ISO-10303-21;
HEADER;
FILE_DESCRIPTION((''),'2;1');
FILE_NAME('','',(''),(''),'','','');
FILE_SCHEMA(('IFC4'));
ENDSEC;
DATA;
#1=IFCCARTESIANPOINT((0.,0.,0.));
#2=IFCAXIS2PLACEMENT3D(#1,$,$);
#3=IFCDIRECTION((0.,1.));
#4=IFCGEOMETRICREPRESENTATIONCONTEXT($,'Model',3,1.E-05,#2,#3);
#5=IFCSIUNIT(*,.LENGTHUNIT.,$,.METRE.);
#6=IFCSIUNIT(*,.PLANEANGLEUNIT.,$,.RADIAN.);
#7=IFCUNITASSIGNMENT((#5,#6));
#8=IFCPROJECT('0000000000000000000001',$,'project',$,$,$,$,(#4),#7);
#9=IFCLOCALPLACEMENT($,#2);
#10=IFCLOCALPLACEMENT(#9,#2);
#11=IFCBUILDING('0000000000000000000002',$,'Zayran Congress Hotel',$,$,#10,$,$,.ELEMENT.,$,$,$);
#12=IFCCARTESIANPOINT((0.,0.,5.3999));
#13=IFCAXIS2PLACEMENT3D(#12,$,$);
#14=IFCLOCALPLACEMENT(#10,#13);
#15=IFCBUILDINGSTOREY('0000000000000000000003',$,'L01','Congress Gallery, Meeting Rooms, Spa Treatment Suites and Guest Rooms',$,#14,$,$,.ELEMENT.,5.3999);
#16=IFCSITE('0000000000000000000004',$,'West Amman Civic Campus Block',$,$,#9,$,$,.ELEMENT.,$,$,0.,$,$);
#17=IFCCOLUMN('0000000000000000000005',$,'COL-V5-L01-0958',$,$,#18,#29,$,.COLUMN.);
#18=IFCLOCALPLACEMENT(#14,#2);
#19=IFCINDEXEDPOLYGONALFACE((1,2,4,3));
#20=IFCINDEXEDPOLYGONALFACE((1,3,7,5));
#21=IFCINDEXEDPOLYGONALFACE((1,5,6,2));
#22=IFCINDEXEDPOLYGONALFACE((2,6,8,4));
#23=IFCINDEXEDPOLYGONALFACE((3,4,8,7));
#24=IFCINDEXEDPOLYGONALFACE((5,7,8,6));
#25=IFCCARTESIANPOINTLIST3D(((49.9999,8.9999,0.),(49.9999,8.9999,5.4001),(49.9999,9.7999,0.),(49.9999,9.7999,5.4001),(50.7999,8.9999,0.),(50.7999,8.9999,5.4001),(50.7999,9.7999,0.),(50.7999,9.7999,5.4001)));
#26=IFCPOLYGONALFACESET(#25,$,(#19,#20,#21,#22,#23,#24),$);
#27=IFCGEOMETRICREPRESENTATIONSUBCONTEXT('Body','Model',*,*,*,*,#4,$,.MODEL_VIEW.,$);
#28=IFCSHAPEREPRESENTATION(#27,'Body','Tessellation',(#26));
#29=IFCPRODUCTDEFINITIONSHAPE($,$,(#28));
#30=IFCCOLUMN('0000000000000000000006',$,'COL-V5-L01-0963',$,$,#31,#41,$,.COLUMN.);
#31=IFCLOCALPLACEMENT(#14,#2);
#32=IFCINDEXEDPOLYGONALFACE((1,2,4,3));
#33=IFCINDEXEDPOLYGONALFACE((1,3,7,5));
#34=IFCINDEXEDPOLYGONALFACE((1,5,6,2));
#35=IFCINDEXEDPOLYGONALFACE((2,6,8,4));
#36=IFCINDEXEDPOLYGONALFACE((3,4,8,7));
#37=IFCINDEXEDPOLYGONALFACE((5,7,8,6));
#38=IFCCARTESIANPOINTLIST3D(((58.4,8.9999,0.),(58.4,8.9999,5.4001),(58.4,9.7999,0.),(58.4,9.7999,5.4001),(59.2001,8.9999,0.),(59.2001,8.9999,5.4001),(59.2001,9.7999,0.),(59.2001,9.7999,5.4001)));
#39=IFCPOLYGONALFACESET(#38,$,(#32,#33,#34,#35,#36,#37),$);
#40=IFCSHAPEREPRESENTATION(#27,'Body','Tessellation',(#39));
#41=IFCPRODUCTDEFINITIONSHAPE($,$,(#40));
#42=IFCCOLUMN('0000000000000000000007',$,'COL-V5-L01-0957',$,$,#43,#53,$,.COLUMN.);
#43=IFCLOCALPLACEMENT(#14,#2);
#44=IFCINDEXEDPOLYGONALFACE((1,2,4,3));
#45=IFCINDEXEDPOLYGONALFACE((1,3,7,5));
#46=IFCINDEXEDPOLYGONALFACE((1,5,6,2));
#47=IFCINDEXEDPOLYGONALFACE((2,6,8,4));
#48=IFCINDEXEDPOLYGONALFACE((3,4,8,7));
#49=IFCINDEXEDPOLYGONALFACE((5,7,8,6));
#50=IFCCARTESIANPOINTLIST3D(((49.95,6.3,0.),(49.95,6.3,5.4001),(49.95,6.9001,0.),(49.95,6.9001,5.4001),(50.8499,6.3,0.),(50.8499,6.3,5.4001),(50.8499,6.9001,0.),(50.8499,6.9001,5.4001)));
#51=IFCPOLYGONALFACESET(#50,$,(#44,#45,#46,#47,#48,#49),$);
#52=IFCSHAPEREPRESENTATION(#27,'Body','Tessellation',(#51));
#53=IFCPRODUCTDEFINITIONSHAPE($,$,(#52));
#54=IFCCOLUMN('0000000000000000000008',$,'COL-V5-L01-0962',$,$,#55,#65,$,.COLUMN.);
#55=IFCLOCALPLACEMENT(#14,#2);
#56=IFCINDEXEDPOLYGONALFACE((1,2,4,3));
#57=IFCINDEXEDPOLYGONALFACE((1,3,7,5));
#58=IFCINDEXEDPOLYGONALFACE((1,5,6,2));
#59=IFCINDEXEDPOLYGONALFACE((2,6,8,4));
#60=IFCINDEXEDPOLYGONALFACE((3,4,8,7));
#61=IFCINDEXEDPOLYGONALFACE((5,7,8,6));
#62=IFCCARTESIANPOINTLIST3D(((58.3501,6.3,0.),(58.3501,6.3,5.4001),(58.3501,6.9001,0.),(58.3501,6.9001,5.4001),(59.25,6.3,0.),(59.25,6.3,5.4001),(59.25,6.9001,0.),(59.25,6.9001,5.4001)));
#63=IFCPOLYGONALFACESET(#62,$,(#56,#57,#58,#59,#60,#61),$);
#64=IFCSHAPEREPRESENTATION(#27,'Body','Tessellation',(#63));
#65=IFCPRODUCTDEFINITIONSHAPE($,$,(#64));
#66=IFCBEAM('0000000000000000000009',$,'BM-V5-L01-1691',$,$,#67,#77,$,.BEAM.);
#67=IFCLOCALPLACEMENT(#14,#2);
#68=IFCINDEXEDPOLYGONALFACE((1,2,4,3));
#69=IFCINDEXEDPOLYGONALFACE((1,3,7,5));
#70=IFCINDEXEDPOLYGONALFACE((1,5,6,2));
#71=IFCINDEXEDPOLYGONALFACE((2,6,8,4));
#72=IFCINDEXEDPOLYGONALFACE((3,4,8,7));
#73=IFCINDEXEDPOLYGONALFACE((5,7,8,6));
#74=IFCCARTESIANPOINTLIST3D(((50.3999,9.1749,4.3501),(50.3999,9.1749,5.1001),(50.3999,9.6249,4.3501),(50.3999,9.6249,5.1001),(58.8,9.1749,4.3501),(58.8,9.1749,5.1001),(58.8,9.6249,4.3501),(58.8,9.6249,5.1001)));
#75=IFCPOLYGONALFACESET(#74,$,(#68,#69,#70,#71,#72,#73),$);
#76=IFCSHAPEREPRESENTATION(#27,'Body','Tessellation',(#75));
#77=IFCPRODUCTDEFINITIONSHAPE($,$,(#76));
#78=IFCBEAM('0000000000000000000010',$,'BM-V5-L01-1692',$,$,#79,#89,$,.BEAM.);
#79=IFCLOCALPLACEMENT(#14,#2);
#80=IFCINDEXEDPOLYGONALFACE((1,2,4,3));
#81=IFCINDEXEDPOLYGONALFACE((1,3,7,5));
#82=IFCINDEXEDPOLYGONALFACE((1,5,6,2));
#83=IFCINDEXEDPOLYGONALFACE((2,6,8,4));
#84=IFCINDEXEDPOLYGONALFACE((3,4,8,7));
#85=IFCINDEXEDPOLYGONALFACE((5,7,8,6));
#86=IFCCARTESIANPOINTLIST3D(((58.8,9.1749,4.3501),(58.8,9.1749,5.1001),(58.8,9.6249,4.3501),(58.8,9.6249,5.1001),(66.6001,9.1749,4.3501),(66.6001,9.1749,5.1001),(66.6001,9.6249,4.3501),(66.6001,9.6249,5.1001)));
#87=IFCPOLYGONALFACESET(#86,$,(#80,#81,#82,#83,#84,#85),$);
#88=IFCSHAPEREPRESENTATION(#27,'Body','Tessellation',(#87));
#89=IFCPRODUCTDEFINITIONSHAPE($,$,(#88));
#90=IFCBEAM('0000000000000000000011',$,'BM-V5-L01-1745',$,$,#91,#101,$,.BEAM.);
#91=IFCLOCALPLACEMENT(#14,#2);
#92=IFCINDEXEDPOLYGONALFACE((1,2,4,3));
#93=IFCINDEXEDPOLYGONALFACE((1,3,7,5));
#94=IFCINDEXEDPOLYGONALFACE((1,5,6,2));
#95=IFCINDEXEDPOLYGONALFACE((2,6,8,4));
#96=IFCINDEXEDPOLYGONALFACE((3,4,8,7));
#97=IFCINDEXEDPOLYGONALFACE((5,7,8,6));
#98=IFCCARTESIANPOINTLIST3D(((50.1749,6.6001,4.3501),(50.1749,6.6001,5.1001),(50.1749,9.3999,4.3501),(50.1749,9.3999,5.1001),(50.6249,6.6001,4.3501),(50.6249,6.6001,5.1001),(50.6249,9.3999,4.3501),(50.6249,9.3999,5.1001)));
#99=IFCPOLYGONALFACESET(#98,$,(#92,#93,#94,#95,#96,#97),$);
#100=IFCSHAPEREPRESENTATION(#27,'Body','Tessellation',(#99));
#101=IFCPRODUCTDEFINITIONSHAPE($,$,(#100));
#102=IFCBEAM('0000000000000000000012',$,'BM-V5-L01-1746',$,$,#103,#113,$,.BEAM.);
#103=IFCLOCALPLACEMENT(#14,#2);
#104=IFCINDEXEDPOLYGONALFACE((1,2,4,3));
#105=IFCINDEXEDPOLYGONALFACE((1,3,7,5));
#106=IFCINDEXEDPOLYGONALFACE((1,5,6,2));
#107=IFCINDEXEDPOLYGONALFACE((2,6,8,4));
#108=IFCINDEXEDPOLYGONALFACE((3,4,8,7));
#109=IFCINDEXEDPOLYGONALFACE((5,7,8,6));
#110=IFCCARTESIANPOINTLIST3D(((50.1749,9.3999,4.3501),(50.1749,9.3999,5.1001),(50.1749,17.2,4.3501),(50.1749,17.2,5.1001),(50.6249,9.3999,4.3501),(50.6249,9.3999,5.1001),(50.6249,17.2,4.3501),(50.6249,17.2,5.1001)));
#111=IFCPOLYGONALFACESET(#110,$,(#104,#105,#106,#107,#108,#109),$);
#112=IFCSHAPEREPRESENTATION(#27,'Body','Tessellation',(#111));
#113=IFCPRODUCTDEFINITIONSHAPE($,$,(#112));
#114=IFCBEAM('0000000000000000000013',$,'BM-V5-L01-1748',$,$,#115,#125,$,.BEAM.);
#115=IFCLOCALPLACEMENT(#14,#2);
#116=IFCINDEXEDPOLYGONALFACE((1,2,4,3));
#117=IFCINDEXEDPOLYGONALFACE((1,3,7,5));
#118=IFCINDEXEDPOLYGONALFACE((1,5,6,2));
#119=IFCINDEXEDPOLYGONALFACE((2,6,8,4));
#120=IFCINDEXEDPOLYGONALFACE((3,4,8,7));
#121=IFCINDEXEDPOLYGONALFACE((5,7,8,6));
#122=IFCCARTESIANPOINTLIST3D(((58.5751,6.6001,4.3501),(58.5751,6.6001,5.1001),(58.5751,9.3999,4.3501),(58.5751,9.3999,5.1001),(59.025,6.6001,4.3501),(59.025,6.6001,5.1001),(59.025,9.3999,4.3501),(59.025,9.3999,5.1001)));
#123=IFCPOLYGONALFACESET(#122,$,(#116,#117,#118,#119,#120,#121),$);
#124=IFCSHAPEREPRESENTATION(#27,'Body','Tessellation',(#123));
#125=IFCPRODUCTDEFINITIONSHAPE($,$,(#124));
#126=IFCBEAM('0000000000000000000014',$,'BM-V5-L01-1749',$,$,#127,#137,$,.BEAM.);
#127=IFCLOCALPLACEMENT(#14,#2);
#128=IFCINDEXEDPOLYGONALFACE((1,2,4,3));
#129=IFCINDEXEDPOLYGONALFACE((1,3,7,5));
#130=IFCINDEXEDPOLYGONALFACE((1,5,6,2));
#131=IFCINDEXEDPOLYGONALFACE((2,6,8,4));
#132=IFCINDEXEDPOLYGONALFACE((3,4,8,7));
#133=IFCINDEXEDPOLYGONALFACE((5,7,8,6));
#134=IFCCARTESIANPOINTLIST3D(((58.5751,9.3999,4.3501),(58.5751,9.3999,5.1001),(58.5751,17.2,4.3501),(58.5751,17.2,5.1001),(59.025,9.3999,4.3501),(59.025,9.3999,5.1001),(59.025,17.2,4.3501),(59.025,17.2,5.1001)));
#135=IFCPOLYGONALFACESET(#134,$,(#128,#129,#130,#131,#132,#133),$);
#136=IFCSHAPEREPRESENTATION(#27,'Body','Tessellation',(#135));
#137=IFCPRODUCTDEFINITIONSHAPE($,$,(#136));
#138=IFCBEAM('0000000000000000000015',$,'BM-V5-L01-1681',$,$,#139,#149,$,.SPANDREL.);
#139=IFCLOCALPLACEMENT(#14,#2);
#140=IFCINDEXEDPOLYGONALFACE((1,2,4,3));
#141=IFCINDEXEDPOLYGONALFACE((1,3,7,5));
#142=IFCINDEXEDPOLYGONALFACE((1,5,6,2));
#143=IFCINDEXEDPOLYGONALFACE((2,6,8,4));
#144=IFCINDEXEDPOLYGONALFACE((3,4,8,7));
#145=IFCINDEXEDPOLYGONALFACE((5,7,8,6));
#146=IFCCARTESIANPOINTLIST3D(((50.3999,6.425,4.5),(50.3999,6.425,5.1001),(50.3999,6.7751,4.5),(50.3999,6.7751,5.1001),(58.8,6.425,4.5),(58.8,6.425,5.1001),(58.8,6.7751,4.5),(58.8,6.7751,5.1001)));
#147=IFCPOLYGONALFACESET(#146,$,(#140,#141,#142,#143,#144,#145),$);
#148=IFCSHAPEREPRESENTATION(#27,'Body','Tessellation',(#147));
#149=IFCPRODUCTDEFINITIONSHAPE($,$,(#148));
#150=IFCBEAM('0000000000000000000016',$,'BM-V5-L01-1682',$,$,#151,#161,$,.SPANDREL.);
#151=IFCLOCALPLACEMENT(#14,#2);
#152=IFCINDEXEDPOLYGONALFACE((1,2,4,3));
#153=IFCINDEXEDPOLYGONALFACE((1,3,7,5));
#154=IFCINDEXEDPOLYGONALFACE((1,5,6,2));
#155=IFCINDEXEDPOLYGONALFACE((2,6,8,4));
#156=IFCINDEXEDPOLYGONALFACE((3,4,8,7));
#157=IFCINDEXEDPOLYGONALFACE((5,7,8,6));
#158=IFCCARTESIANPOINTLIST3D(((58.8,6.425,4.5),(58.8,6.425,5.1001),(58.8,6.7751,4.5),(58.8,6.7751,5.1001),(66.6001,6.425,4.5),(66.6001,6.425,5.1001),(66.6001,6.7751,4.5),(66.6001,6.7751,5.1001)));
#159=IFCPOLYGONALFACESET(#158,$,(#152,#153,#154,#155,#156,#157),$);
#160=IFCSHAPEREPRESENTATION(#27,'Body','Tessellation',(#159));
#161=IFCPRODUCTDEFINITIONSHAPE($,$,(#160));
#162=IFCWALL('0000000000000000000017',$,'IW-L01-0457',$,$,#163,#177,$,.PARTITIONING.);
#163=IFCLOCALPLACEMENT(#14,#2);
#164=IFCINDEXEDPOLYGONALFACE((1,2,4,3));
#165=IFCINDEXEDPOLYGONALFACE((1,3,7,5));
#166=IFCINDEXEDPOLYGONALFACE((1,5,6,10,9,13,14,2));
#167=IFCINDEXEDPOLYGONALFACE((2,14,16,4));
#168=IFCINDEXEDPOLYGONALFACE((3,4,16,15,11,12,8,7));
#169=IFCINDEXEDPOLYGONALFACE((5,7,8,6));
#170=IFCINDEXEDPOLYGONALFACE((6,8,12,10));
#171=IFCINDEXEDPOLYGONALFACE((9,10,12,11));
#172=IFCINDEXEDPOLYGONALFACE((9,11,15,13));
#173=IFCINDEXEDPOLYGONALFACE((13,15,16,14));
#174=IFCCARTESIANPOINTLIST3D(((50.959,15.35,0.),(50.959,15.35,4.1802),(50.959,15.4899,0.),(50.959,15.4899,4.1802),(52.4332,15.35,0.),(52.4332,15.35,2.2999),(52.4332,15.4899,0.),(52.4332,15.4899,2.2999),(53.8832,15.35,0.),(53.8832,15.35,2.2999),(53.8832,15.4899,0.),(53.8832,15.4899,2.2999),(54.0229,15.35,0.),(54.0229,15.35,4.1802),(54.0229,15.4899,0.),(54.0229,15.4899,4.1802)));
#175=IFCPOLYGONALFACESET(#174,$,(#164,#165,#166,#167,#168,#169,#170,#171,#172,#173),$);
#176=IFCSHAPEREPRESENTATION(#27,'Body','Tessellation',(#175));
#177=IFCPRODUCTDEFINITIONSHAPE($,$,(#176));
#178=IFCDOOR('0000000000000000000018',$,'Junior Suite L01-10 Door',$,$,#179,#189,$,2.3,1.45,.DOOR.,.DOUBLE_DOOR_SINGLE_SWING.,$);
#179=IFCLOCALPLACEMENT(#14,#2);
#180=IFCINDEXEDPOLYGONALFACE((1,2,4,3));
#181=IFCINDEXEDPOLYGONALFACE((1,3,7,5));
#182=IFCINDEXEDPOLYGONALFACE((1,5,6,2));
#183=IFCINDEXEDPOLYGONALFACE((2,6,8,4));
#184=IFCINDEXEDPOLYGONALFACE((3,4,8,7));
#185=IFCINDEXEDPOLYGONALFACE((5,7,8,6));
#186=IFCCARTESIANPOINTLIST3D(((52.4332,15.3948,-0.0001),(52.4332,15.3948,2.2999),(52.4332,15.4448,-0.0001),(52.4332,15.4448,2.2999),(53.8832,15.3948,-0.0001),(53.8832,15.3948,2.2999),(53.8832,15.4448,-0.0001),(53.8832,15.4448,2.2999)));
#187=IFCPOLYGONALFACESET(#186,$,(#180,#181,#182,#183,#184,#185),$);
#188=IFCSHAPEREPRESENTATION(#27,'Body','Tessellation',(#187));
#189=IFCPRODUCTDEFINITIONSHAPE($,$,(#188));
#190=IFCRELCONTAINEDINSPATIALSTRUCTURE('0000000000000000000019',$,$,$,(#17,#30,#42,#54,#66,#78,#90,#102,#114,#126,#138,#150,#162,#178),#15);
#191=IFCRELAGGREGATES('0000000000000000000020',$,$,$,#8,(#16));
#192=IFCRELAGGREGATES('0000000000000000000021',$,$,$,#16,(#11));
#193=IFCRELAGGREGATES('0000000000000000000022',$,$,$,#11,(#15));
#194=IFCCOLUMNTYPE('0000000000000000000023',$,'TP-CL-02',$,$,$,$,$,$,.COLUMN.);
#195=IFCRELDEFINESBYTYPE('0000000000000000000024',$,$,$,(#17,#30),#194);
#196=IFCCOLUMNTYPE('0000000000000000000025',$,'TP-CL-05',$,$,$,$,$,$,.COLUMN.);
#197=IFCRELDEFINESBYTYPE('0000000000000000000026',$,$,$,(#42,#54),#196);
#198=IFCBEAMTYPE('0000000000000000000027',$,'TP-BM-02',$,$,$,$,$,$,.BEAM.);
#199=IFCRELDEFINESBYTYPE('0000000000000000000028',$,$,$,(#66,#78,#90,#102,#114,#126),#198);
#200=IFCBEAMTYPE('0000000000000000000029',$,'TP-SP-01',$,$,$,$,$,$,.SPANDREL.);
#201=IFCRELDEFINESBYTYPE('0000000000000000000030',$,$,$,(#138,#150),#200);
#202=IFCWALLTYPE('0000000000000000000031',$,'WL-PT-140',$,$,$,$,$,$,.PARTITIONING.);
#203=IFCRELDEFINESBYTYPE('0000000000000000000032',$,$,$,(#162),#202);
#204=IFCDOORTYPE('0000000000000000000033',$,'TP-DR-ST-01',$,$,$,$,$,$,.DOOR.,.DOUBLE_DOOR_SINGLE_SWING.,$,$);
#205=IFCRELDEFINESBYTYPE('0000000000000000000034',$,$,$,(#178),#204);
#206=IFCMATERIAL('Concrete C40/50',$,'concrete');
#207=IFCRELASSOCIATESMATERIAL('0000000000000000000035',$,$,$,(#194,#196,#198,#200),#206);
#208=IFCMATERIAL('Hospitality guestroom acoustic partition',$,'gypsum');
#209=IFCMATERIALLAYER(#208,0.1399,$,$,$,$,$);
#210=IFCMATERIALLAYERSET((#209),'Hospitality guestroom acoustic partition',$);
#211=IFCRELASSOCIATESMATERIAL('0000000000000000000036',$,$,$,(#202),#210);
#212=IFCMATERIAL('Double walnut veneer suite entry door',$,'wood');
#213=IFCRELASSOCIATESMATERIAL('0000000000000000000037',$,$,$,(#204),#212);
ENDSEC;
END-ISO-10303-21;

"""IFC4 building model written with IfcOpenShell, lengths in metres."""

from ifc_helpers import new_model, si_unit, direction, frame, frame_2d, origin, origin_2d, place, context, subcontext, project, spatial, rectangle, extrude, material, layer, layer_set, material_profile, profile_set, type_object, element, fill, save


model = new_model("IFC4")

# Units and contexts
model_context = context("Model", 3, precision=1e-05, world=origin(), true_north=direction((0.0, 1.0)))
body_context = subcontext(model_context, "Body", "Model", "MODEL_VIEW")
ifc_project = project(units=[si_unit("LENGTHUNIT", "METRE"), si_unit("PLANEANGLEUNIT", "RADIAN")], contexts=[model_context])

# Site, building, storey
site_placement = place(None, origin())
site = spatial("IfcSite", under=ifc_project, at=site_placement, Name="West Amman Civic Campus Block", CompositionType="ELEMENT", RefElevation=0.0)
building_placement = place(site_placement, origin())
building = spatial("IfcBuilding", under=site, at=building_placement, Name="Zayran Congress Hotel", CompositionType="ELEMENT")
storey_placement = place(building_placement, frame((0.0, 0.0, 5.3999)))
storey = spatial("IfcBuildingStorey", under=building, at=storey_placement, Name="L01", Description="Congress Gallery, Meeting Rooms, Spa Treatment Suites and Guest Rooms", CompositionType="ELEMENT", Elevation=5.3999)

# Columns
ifc_material_1 = material(Name="Concrete C40/50", Category="concrete")
ifc_material_profile_1 = material_profile(ifc_material_1, rectangle(XDim=0.8, YDim=0.8, at=origin_2d()), Name="RC 800x800")
ifc_profile_set_1 = profile_set([ifc_material_profile_1], Name="Concrete C40/50")
column_type_1 = type_object("IfcColumnType", Name="TP-CL-02", PredefinedType="COLUMN", material=ifc_profile_set_1)
for number, where, z_axis, x_axis, name in (
    (1, (50.3999, 9.3999, 0.0), (0.0, 0.0, 1.0), (1.0, 0.0, 0.0), "COL-V5-L01-0958"),
    (2, (58.8, 9.3999, 0.0), (0.0, 0.0, 1.0), (1.0, 0.0, 0.0), "COL-V5-L01-0963"),
):
    element("IfcColumn", number, at=place(storey_placement, frame(where, z_axis=z_axis, x_axis=x_axis)), inside=storey, type_object=column_type_1, Name=name, PredefinedType="COLUMN", context=body_context, shape_type="SweptSolid", body=[
        extrude(rectangle(XDim=0.8, YDim=0.8, at=origin_2d()), origin(), (0.0, 0.0, 1.0), 5.4001),
    ])
ifc_material_profile_2 = material_profile(ifc_material_1, rectangle(XDim=0.6001, YDim=0.8999, at=origin_2d()), Name="RC 900x600")
ifc_profile_set_2 = profile_set([ifc_material_profile_2], Name="Concrete C40/50")
column_type_2 = type_object("IfcColumnType", Name="TP-CL-05", PredefinedType="COLUMN", material=ifc_profile_set_2)
for number, where, z_axis, x_axis, name in (
    (3, (50.3999, 6.6001, 0.0), (0.0, 0.0, 1.0), (0.0, 1.0, 0.0), "COL-V5-L01-0957"),
    (4, (58.8, 6.6001, 0.0), (0.0, 0.0, 1.0), (0.0, 1.0, 0.0), "COL-V5-L01-0962"),
):
    element("IfcColumn", number, at=place(storey_placement, frame(where, z_axis=z_axis, x_axis=x_axis)), inside=storey, type_object=column_type_2, Name=name, PredefinedType="COLUMN", context=body_context, shape_type="SweptSolid", body=[
        extrude(rectangle(XDim=0.6001, YDim=0.8999, at=origin_2d()), origin(), (0.0, 0.0, 1.0), 5.4001),
    ])

# Beams
ifc_material_profile_3 = material_profile(ifc_material_1, rectangle(XDim=0.45, YDim=0.75, at=origin_2d()), Name="RC 450x750")
ifc_profile_set_3 = profile_set([ifc_material_profile_3], Name="Concrete C40/50")
beam_type_1 = type_object("IfcBeamType", Name="TP-BM-02", PredefinedType="BEAM", material=ifc_profile_set_3)
beam_1_placement = place(storey_placement, frame((50.3999, 9.3999, 4.7251), z_axis=(1.0, 0.0, 0.0), x_axis=(0.0, 1.0, 0.0)))
element("IfcBeam", 5, at=beam_1_placement, inside=storey, type_object=beam_type_1, Name="BM-V5-L01-1691", PredefinedType="BEAM", context=body_context, shape_type="SweptSolid", body=[
    extrude(rectangle(XDim=0.45, YDim=0.75, at=origin_2d()), origin(), (0.0, 0.0, 1.0), 8.4001),
])
beam_2_placement = place(storey_placement, frame((58.8, 9.3999, 4.7251), z_axis=(1.0, 0.0, 0.0), x_axis=(0.0, 1.0, 0.0)))
element("IfcBeam", 6, at=beam_2_placement, inside=storey, type_object=beam_type_1, Name="BM-V5-L01-1692", PredefinedType="BEAM", context=body_context, shape_type="SweptSolid", body=[
    extrude(rectangle(XDim=0.45, YDim=0.75, at=origin_2d()), origin(), (0.0, 0.0, 1.0), 7.8),
])
beam_3_placement = place(storey_placement, frame((50.3999, 6.6001, 4.7251), z_axis=(0.0, 1.0, 0.0), x_axis=(-1.0, 0.0, 0.0)))
element("IfcBeam", 7, at=beam_3_placement, inside=storey, type_object=beam_type_1, Name="BM-V5-L01-1745", PredefinedType="BEAM", context=body_context, shape_type="SweptSolid", body=[
    extrude(rectangle(XDim=0.45, YDim=0.75, at=origin_2d()), origin(), (0.0, 0.0, 1.0), 2.7998),
])
beam_4_placement = place(storey_placement, frame((50.3999, 9.3999, 4.7251), z_axis=(0.0, 1.0, 0.0), x_axis=(-1.0, 0.0, 0.0)))
element("IfcBeam", 8, at=beam_4_placement, inside=storey, type_object=beam_type_1, Name="BM-V5-L01-1746", PredefinedType="BEAM", context=body_context, shape_type="SweptSolid", body=[
    extrude(rectangle(XDim=0.45, YDim=0.75, at=origin_2d()), origin(), (0.0, 0.0, 1.0), 7.8),
])
beam_5_placement = place(storey_placement, frame((58.8, 6.6001, 4.7251), z_axis=(0.0, 1.0, 0.0), x_axis=(-1.0, 0.0, 0.0)))
element("IfcBeam", 9, at=beam_5_placement, inside=storey, type_object=beam_type_1, Name="BM-V5-L01-1748", PredefinedType="BEAM", context=body_context, shape_type="SweptSolid", body=[
    extrude(rectangle(XDim=0.45, YDim=0.75, at=origin_2d()), origin(), (0.0, 0.0, 1.0), 2.7998),
])
beam_6_placement = place(storey_placement, frame((58.8, 9.3999, 4.7251), z_axis=(0.0, 1.0, 0.0), x_axis=(-1.0, 0.0, 0.0)))
element("IfcBeam", 10, at=beam_6_placement, inside=storey, type_object=beam_type_1, Name="BM-V5-L01-1749", PredefinedType="BEAM", context=body_context, shape_type="SweptSolid", body=[
    extrude(rectangle(XDim=0.45, YDim=0.75, at=origin_2d()), origin(), (0.0, 0.0, 1.0), 7.8),
])
ifc_material_profile_4 = material_profile(ifc_material_1, rectangle(XDim=0.3501, YDim=0.6001, at=origin_2d()), Name="RC 350x600")
ifc_profile_set_4 = profile_set([ifc_material_profile_4], Name="Concrete C40/50")
beam_type_2 = type_object("IfcBeamType", Name="TP-SP-01", PredefinedType="SPANDREL", material=ifc_profile_set_4)
beam_7_placement = place(storey_placement, frame((50.3999, 6.6001, 4.8), z_axis=(1.0, 0.0, 0.0), x_axis=(0.0, 1.0, 0.0)))
element("IfcBeam", 11, at=beam_7_placement, inside=storey, type_object=beam_type_2, Name="BM-V5-L01-1681", PredefinedType="SPANDREL", context=body_context, shape_type="SweptSolid", body=[
    extrude(rectangle(XDim=0.3501, YDim=0.6001, at=origin_2d()), origin(), (0.0, 0.0, 1.0), 8.4001),
])
beam_8_placement = place(storey_placement, frame((58.8, 6.6001, 4.8), z_axis=(1.0, 0.0, 0.0), x_axis=(0.0, 1.0, 0.0)))
element("IfcBeam", 12, at=beam_8_placement, inside=storey, type_object=beam_type_2, Name="BM-V5-L01-1682", PredefinedType="SPANDREL", context=body_context, shape_type="SweptSolid", body=[
    extrude(rectangle(XDim=0.3501, YDim=0.6001, at=origin_2d()), origin(), (0.0, 0.0, 1.0), 7.8),
])

# Wall, opening, door
ifc_material_2 = material(Name="Hospitality guestroom acoustic partition", Category="gypsum")
ifc_layer_1 = layer(ifc_material_2, 0.1399)
ifc_layer_set_1 = layer_set([ifc_layer_1], Name="Hospitality guestroom acoustic partition")
wall_type_1 = type_object("IfcWallType", Name="WL-PT-140", PredefinedType="PARTITIONING", material=ifc_layer_set_1)
wall_1_placement = place(storey_placement, frame((50.959, 15.4199, 0.0), z_axis=(0.0, 0.0, 1.0), x_axis=(1.0, 0.0, 0.0)))
wall_1 = element("IfcWall", 13, at=wall_1_placement, inside=storey, type_object=wall_type_1, Name="IW-L01-0457", PredefinedType="PARTITIONING", context=body_context, shape_type="SweptSolid", body=[
    extrude(rectangle(XDim=3.064, YDim=0.1399, at=frame_2d((1.532, 0.0))), origin(), (0.0, 0.0, 1.0), 4.1802),
])
opening_1_placement = place(wall_1_placement, frame((1.4741, 0.0, 0.0)))
opening_1 = element("IfcOpeningElement", 14, at=opening_1_placement, cuts=wall_1, PredefinedType="OPENING", context=body_context, shape_type="SweptSolid", body=[
    extrude(rectangle(XDim=1.45, YDim=2.3, at=frame_2d((0.7251, 1.1499))), frame((0.0, 0.0798, 0.0), z_axis=(0.0, -1.0, 0.0), x_axis=(1.0, 0.0, 0.0)), (0.0, 0.0, 1.0), 0.1599),
])
ifc_material_3 = material(Name="Double walnut veneer suite entry door", Category="wood")
door_type_1 = type_object("IfcDoorType", Name="TP-DR-ST-01", OperationType="DOUBLE_DOOR_SINGLE_SWING", PredefinedType="DOOR", material=ifc_material_3)
door_1_placement = place(opening_1_placement, origin())
door_1 = element("IfcDoor", 15, at=door_1_placement, inside=storey, type_object=door_type_1, Name="Junior Suite L01-10 Door", OperationType="DOUBLE_DOOR_SINGLE_SWING", OverallHeight=2.3, OverallWidth=1.45, PredefinedType="DOOR", context=body_context, shape_type="SweptSolid", body=[
    extrude(rectangle(XDim=1.45, YDim=2.3, at=frame_2d((0.7251, 1.1499))), frame((0.0, 0.0249, 0.0), z_axis=(0.0, -1.0, 0.0), x_axis=(1.0, 0.0, 0.0)), (0.0, 0.0, 1.0), 0.05),
])
fill(opening_1, door_1)

save(model, "model.ifc")
